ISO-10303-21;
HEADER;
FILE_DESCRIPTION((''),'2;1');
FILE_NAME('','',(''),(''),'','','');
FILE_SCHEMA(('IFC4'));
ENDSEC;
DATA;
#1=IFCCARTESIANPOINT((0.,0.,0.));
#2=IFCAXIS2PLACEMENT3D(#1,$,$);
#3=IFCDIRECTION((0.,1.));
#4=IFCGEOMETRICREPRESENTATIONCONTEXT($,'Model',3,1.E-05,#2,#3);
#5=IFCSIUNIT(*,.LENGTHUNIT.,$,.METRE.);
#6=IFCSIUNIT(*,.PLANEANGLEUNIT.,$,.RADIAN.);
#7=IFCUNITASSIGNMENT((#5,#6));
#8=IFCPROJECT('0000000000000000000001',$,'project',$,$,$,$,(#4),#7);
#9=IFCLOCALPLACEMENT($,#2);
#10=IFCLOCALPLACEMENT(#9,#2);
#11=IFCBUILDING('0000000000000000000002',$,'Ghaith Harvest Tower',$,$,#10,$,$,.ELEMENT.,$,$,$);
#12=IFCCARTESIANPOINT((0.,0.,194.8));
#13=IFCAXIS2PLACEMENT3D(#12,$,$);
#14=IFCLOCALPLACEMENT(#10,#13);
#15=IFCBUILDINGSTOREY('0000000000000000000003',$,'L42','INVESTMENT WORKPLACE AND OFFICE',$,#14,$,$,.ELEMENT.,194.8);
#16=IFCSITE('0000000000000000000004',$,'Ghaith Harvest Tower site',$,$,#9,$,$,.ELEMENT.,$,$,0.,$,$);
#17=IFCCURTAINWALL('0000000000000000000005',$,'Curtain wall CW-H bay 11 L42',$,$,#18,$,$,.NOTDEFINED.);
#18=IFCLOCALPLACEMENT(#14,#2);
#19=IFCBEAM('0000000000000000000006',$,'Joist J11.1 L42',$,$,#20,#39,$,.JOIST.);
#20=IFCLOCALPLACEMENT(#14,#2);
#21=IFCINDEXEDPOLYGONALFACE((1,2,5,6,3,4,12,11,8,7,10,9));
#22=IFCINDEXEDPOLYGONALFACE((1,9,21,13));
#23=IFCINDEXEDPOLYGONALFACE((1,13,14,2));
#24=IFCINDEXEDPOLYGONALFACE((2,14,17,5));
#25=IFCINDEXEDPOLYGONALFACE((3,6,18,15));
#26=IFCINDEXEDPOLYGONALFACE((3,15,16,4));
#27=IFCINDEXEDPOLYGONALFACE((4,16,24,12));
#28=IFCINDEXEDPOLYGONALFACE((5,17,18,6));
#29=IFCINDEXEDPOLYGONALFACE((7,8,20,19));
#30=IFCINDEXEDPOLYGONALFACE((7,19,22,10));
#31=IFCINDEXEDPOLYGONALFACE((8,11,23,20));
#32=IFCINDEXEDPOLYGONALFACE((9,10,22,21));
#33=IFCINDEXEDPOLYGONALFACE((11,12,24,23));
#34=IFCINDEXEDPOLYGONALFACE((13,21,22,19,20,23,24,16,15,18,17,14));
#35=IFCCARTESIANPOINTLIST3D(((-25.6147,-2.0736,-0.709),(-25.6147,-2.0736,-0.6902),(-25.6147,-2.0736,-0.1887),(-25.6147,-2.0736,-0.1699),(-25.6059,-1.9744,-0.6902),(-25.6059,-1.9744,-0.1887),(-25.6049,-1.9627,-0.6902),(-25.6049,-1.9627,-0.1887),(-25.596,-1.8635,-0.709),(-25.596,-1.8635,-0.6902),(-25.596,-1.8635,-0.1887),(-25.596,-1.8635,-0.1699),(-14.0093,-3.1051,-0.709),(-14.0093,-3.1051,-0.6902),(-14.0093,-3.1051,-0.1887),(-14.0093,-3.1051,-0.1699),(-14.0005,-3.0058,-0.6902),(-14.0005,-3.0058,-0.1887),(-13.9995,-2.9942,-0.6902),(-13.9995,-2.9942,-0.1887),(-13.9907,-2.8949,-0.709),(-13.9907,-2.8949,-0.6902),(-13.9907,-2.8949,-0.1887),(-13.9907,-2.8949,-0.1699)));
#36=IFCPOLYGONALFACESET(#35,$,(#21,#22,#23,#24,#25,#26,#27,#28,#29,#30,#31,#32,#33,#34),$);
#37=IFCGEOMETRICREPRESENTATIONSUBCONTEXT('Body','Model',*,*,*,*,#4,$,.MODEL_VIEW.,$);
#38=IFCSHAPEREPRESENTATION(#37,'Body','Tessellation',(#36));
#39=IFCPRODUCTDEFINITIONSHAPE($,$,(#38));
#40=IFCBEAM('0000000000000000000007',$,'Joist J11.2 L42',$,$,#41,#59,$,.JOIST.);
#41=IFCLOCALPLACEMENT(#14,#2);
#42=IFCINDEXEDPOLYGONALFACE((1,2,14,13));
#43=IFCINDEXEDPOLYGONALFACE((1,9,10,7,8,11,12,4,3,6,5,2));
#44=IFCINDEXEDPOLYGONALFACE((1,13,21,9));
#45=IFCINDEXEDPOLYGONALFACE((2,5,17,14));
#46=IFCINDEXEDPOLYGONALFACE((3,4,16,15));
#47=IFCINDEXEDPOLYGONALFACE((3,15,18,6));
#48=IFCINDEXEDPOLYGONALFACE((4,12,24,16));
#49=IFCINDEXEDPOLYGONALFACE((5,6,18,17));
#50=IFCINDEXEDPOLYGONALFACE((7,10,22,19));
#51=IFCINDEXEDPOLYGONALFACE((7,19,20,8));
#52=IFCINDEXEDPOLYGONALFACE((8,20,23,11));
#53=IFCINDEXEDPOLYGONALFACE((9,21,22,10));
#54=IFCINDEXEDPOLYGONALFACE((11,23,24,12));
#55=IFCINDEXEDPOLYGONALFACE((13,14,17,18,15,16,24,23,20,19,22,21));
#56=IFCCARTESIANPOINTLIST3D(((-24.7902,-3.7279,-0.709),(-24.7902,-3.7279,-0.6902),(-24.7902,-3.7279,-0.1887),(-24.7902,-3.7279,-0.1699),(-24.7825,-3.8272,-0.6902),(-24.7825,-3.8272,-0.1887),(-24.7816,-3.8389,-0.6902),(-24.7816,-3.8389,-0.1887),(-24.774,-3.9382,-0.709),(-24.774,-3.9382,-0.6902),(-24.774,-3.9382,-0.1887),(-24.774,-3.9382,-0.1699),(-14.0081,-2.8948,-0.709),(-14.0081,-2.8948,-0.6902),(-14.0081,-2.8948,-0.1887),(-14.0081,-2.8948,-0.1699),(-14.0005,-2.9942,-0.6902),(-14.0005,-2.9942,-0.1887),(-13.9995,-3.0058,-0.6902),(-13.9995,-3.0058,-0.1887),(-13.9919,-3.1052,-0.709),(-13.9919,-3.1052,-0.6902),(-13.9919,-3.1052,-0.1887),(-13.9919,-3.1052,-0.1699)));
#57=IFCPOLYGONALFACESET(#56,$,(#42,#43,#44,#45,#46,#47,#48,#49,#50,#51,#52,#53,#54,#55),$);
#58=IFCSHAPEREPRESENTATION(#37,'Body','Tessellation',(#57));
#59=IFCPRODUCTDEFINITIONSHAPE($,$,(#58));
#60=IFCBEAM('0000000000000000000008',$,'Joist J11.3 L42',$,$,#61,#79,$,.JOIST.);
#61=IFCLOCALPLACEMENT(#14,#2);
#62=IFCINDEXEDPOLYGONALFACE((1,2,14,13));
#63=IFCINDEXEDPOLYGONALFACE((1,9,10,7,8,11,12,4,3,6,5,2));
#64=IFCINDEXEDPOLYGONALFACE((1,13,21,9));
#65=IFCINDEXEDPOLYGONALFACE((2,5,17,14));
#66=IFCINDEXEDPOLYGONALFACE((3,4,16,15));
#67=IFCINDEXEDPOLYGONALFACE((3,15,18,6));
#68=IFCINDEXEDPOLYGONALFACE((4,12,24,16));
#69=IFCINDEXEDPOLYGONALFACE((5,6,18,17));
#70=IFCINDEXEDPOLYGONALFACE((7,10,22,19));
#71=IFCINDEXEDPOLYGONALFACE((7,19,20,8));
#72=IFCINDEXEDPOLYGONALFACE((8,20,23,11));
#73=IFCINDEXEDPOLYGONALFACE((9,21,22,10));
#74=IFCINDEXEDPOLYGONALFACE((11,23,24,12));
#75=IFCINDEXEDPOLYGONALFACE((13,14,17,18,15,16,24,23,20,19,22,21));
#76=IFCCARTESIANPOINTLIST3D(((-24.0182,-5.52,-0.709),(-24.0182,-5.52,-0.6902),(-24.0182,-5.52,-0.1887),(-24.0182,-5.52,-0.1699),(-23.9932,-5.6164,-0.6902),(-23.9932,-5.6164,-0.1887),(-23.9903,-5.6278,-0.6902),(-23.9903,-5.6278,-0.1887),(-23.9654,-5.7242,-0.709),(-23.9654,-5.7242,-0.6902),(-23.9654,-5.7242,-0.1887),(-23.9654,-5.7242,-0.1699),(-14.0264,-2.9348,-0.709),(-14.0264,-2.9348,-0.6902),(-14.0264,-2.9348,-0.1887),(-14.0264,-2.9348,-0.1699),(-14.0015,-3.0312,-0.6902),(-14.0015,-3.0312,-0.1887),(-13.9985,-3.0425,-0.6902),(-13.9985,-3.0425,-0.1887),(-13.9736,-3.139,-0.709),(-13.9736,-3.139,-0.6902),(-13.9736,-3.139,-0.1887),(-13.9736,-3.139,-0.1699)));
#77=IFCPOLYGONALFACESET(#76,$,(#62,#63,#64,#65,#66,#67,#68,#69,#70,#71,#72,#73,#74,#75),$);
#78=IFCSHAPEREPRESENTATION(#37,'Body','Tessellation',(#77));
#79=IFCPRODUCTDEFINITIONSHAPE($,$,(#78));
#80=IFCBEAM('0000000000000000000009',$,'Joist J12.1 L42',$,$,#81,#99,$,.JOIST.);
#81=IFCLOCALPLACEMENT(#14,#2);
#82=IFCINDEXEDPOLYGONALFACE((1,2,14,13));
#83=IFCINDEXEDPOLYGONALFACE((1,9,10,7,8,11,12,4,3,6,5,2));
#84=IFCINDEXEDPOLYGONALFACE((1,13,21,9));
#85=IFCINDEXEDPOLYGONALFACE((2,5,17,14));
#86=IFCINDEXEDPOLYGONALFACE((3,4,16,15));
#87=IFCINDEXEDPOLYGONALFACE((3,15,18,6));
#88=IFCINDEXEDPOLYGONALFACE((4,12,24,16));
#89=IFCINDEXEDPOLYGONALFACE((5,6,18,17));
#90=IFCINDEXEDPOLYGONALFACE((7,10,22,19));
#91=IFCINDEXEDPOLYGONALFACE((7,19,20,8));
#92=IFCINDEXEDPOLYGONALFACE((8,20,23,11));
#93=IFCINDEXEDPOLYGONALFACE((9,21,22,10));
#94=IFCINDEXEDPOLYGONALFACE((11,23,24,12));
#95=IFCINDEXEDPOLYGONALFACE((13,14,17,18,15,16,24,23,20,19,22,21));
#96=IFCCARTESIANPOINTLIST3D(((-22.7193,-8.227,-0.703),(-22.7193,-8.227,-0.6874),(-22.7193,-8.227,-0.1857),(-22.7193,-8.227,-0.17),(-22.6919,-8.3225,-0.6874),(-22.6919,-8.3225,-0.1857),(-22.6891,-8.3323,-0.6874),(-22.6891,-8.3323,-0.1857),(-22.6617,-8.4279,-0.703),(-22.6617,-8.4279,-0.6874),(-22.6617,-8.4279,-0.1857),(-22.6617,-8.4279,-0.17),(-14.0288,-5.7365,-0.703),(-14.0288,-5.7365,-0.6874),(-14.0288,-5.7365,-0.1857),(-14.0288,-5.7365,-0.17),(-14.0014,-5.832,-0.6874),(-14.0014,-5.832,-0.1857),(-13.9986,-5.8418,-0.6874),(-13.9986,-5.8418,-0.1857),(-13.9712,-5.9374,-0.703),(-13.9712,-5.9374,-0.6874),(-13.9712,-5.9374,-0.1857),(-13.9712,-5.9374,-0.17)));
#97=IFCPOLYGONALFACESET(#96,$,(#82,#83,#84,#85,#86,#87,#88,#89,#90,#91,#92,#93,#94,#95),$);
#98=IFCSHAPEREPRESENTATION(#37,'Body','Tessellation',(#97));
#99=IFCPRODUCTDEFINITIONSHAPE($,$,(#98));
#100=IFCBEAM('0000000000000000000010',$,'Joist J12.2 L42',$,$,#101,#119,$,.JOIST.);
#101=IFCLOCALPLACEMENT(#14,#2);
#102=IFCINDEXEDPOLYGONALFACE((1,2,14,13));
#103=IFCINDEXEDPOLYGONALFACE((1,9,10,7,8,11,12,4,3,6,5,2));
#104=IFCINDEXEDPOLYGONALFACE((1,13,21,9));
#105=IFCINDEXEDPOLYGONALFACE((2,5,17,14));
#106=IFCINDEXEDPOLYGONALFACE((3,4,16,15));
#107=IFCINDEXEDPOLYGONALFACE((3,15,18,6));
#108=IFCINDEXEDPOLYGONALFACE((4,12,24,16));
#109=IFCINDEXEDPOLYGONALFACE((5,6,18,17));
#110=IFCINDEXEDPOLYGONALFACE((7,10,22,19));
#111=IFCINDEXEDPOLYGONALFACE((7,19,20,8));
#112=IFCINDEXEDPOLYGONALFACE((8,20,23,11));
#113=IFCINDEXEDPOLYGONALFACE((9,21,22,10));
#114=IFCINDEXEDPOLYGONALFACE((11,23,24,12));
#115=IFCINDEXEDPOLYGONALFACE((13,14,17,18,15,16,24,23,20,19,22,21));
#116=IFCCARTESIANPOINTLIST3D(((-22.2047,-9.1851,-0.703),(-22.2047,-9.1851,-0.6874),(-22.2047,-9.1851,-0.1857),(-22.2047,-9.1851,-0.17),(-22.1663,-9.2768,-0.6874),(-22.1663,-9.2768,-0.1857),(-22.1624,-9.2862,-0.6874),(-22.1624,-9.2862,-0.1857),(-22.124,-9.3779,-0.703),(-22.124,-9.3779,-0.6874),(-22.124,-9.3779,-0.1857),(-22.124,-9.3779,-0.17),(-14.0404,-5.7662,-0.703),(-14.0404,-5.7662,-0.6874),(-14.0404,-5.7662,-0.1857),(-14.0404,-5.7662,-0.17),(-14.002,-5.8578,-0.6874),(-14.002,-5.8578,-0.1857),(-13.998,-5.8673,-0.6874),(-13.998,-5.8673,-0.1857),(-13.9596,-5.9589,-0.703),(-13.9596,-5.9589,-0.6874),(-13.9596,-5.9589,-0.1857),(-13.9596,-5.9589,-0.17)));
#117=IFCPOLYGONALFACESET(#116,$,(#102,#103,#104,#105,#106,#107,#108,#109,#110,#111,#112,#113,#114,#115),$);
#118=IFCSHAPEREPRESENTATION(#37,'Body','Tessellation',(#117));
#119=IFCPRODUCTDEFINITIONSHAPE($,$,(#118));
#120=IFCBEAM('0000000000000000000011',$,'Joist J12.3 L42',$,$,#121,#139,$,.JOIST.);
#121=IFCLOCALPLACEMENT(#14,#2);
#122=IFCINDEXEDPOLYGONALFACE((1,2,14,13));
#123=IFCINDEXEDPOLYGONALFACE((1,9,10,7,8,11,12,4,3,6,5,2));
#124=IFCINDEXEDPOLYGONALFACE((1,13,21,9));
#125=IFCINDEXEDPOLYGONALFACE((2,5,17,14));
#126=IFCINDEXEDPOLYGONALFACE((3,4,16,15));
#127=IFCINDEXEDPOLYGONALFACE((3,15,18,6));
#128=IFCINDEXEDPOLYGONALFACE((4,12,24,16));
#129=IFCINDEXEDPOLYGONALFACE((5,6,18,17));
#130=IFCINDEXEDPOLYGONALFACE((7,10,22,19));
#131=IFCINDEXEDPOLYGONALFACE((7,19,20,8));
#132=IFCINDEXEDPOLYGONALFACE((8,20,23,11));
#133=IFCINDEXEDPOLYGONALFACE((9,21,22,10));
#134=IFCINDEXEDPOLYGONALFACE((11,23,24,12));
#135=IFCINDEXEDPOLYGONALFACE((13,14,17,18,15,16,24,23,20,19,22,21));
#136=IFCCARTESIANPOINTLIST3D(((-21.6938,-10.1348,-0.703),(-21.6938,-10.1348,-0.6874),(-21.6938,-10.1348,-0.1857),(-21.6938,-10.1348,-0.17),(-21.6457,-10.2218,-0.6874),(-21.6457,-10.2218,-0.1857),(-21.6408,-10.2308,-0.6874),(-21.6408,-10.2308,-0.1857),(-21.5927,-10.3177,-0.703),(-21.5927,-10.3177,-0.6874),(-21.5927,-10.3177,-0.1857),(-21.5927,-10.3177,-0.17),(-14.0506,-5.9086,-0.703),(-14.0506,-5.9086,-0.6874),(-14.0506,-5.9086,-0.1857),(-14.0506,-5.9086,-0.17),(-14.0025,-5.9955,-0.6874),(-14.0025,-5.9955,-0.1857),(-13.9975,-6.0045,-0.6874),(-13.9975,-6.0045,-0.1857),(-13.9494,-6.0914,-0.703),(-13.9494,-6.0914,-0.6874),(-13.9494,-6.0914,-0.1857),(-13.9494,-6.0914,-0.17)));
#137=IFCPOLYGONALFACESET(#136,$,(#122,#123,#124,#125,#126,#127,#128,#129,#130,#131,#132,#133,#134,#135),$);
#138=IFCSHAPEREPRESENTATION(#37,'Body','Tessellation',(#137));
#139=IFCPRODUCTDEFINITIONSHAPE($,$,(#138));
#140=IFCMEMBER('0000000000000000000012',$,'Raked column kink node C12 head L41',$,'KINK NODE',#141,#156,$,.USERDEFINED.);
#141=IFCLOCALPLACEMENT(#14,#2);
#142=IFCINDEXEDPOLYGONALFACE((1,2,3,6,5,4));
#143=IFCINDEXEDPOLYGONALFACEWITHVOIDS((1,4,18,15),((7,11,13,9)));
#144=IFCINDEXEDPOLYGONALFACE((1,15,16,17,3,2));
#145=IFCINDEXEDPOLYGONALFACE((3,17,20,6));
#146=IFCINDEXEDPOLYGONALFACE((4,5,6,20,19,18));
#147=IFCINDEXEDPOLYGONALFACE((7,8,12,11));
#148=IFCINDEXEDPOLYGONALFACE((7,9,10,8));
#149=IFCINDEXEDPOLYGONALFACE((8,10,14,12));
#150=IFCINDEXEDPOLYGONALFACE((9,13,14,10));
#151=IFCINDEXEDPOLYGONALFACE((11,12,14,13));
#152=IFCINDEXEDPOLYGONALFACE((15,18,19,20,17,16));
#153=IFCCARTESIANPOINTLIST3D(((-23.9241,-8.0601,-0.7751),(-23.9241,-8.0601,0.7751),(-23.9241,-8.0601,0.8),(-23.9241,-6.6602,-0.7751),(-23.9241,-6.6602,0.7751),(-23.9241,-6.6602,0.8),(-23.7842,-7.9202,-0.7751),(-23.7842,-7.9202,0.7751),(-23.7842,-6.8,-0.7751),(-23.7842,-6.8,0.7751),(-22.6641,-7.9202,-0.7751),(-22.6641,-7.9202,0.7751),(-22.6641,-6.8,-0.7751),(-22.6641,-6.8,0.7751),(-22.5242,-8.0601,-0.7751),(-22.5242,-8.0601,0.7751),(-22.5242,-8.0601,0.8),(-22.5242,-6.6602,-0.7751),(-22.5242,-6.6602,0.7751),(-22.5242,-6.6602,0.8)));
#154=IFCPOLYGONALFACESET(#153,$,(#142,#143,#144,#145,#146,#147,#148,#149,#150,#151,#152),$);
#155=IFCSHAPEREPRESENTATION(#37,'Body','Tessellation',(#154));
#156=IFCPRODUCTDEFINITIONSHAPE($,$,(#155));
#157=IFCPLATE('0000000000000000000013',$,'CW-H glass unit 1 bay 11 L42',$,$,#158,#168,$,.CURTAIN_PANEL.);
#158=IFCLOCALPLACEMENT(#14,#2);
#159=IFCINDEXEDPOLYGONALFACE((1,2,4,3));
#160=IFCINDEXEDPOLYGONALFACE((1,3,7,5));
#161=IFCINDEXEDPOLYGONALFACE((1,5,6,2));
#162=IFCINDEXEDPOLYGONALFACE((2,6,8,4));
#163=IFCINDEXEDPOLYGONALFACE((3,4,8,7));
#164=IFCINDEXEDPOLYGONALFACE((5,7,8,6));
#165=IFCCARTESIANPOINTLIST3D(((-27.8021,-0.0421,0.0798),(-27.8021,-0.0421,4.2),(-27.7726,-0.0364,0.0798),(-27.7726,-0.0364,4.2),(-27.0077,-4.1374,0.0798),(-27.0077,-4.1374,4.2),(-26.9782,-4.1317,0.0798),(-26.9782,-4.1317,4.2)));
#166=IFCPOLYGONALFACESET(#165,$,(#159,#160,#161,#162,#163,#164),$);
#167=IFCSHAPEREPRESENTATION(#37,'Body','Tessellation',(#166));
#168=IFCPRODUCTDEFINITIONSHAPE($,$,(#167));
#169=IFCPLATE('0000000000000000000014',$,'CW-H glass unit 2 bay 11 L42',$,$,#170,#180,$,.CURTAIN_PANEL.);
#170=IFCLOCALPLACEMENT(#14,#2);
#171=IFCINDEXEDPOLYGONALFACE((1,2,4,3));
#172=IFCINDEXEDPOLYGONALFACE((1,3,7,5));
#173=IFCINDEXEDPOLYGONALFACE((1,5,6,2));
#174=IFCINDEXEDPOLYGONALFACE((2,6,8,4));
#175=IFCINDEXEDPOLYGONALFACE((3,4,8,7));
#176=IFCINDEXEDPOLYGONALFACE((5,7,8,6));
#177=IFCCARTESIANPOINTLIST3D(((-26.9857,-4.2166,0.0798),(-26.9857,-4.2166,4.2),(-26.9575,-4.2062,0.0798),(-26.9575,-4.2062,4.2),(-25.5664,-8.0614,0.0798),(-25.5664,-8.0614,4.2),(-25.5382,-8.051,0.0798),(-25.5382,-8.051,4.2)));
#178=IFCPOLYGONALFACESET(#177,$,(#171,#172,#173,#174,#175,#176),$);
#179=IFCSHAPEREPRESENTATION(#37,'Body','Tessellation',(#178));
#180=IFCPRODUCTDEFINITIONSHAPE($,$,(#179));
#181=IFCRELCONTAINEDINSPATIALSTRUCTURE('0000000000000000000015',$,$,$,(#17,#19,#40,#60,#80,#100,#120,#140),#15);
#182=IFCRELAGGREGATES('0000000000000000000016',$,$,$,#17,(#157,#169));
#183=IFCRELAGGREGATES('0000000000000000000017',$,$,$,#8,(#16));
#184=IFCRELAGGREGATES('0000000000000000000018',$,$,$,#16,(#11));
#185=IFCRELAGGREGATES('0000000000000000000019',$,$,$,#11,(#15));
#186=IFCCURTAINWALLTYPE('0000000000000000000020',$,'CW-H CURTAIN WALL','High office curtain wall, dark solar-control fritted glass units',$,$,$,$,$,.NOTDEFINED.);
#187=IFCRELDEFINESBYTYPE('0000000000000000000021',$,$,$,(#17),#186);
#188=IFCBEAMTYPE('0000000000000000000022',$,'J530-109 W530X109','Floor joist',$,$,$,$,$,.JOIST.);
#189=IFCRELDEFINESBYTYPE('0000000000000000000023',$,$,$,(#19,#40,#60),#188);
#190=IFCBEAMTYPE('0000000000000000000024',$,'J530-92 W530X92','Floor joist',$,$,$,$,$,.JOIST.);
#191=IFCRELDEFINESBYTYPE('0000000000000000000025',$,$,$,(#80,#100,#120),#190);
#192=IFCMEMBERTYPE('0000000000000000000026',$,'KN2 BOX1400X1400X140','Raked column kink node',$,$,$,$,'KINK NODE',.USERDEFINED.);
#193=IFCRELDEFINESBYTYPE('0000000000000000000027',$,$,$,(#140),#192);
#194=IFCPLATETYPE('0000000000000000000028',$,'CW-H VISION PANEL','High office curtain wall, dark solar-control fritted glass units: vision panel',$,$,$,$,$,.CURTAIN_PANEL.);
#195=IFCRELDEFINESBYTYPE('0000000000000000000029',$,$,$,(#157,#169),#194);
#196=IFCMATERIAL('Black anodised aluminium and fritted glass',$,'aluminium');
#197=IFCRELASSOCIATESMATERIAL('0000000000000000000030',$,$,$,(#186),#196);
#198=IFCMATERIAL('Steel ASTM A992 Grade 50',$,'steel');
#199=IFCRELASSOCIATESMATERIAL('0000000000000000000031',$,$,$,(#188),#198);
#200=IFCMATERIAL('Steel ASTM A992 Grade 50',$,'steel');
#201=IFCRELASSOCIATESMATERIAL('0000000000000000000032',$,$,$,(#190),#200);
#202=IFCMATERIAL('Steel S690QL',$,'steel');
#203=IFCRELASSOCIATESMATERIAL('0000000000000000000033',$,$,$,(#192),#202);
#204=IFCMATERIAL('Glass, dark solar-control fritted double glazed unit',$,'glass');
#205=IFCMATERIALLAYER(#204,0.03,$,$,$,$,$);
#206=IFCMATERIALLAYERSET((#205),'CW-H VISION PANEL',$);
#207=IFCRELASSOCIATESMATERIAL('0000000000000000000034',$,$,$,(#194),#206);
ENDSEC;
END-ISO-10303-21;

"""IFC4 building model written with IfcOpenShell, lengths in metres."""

from ifc_helpers import new_model, si_unit, direction, frame, origin, origin_2d, place, context, subcontext, project, spatial, rectangle, hollow_rectangle, i_section, extrude, boolean, material, layer, layer_set, material_profile, profile_set, type_object, element, aggregate, save


model = new_model("IFC4")

# Units and contexts
model_context = context("Model", 3, precision=1e-05, world=origin(), true_north=direction((0.0, 1.0)))
body_context = subcontext(model_context, "Body", "Model", "MODEL_VIEW")
ifc_project = project(units=[si_unit("LENGTHUNIT", "METRE"), si_unit("PLANEANGLEUNIT", "RADIAN")], contexts=[model_context])

# Site, building, storey
site_placement = place(None, origin())
site = spatial("IfcSite", under=ifc_project, at=site_placement, Name="Ghaith Harvest Tower site", CompositionType="ELEMENT", RefElevation=0.0)
building_placement = place(site_placement, origin())
building = spatial("IfcBuilding", under=site, at=building_placement, Name="Ghaith Harvest Tower", CompositionType="ELEMENT")
storey_placement = place(building_placement, frame((0.0, 0.0, 194.8)))
storey = spatial("IfcBuildingStorey", under=building, at=storey_placement, Name="L42", Description="INVESTMENT WORKPLACE AND OFFICE", CompositionType="ELEMENT", Elevation=194.8)

# Curtain wall
ifc_material_1 = material(Name="Black anodised aluminium and fritted glass", Category="aluminium")
curtain_wall_type = type_object("IfcCurtainWallType", Name="CW-H CURTAIN WALL", Description="High office curtain wall, dark solar-control fritted glass units", PredefinedType="NOTDEFINED", material=ifc_material_1)
curtain_wall_placement = place(storey_placement, origin())
curtain_wall = element("IfcCurtainWall", 1, at=curtain_wall_placement, inside=storey, type_object=curtain_wall_type, Name="Curtain wall CW-H bay 11 L42", PredefinedType="NOTDEFINED")

# Beams
ifc_material_2 = material(Name="Steel ASTM A992 Grade 50", Category="steel")
ifc_material_profile_1 = material_profile(ifc_material_2, i_section(OverallWidth=0.2109, OverallDepth=0.5391, WebThickness=0.0117, FlangeThickness=0.0188, at=origin_2d()), Name="W530X109")
ifc_profile_set_1 = profile_set([ifc_material_profile_1], Name="Steel ASTM A992 Grade 50")
beam_type_1 = type_object("IfcBeamType", Name="J530-109 W530X109", Description="Floor joist", PredefinedType="JOIST", material=ifc_profile_set_1)
beam_1_placement = place(storey_placement, frame((-14.0, -3.0, -0.4395), z_axis=(-0.996073, 0.088531, 0.0), x_axis=(-0.088531, -0.996073, 0.0)))
element("IfcBeam", 2, at=beam_1_placement, inside=storey, type_object=beam_type_1, Name="Joist J11.1 L42", PredefinedType="JOIST", context=body_context, shape_type="SweptSolid", body=[
    extrude(i_section(OverallWidth=0.2109, OverallDepth=0.5391, WebThickness=0.0117, FlangeThickness=0.0188, at=origin_2d()), origin(), (0.0, 0.0, 1.0), 11.6511),
])
beam_2_placement = place(storey_placement, frame((-14.0, -3.0, -0.4395), z_axis=(-0.997029, -0.07703, 0.0), x_axis=(0.07703, -0.997029, 0.0)))
element("IfcBeam", 3, at=beam_2_placement, inside=storey, type_object=beam_type_1, Name="Joist J11.2 L42", PredefinedType="JOIST", context=body_context, shape_type="SweptSolid", body=[
    extrude(i_section(OverallWidth=0.2109, OverallDepth=0.5391, WebThickness=0.0117, FlangeThickness=0.0188, at=origin_2d()), origin(), (0.0, 0.0, 1.0), 10.8142),
])
beam_3_placement = place(storey_placement, frame((-14.0, -3.0369, -0.4395), z_axis=(-0.96812, -0.250487, 0.0), x_axis=(0.250487, -0.96812, 0.0)))
element("IfcBeam", 4, at=beam_3_placement, inside=storey, type_object=beam_type_1, Name="Joist J11.3 L42", PredefinedType="JOIST", context=body_context, shape_type="SweptSolid", body=[
    extrude(i_section(OverallWidth=0.2109, OverallDepth=0.5391, WebThickness=0.0117, FlangeThickness=0.0188, at=origin_2d()), origin(), (0.0, 0.0, 1.0), 10.3208),
])
ifc_material_3 = material(Name="Steel ASTM A992 Grade 50", Category="steel")
ifc_material_profile_2 = material_profile(ifc_material_3, i_section(OverallWidth=0.209, OverallDepth=0.533, WebThickness=0.0103, FlangeThickness=0.0156, at=origin_2d()), Name="W530X92")
ifc_profile_set_2 = profile_set([ifc_material_profile_2], Name="Steel ASTM A992 Grade 50")
beam_type_2 = type_object("IfcBeamType", Name="J530-92 W530X92", Description="Floor joist", PredefinedType="JOIST", material=ifc_profile_set_2)
beam_4_placement = place(storey_placement, frame((-14.0, -5.8369, -0.4365), z_axis=(-0.961305, -0.275488, 0.0), x_axis=(0.275488, -0.961305, 0.0)))
element("IfcBeam", 5, at=beam_4_placement, inside=storey, type_object=beam_type_2, Name="Joist J12.1 L42", PredefinedType="JOIST", context=body_context, shape_type="SweptSolid", body=[
    extrude(i_section(OverallWidth=0.209, OverallDepth=0.533, WebThickness=0.0103, FlangeThickness=0.0156, at=origin_2d()), origin(), (0.0, 0.0, 1.0), 9.0403),
])
beam_5_placement = place(storey_placement, frame((-14.0, -5.8625, -0.4365), z_axis=(-0.922388, -0.386266, 0.0), x_axis=(0.386266, -0.922388, 0.0)))
element("IfcBeam", 6, at=beam_5_placement, inside=storey, type_object=beam_type_2, Name="Joist J12.2 L42", PredefinedType="JOIST", context=body_context, shape_type="SweptSolid", body=[
    extrude(i_section(OverallWidth=0.209, OverallDepth=0.533, WebThickness=0.0103, FlangeThickness=0.0156, at=origin_2d()), origin(), (0.0, 0.0, 1.0), 8.8513),
])
beam_6_placement = place(storey_placement, frame((-14.0, -6.0, -0.4365), z_axis=(-0.875126, -0.483895, 0.0), x_axis=(0.483895, -0.875126, 0.0)))
element("IfcBeam", 7, at=beam_6_placement, inside=storey, type_object=beam_type_2, Name="Joist J12.3 L42", PredefinedType="JOIST", context=body_context, shape_type="SweptSolid", body=[
    extrude(i_section(OverallWidth=0.209, OverallDepth=0.533, WebThickness=0.0103, FlangeThickness=0.0156, at=origin_2d()), origin(), (0.0, 0.0, 1.0), 8.7339),
])

# Member
ifc_material_4 = material(Name="Steel S690QL", Category="steel")
ifc_material_profile_3 = material_profile(ifc_material_4, hollow_rectangle(XDim=1.3999, YDim=1.3999, WallThickness=0.1399, at=origin_2d()), Name="BOX1400X1400X140")
ifc_profile_set_3 = profile_set([ifc_material_profile_3], Name="Steel S690QL")
member_type_1 = type_object("IfcMemberType", Name="KN2 BOX1400X1400X140", Description="Raked column kink node", ElementType="KINK NODE", PredefinedType="USERDEFINED", material=ifc_profile_set_3)
member_1_placement = place(storey_placement, frame((-23.2241, -7.3601, -0.7751), z_axis=(0.0, 0.0, 1.0), x_axis=(1.0, 0.0, 0.0)))
element("IfcMember", 8, at=member_1_placement, inside=storey, type_object=member_type_1, Name="Raked column kink node C12 head L41", ObjectType="KINK NODE", PredefinedType="USERDEFINED", context=body_context, shape_type="CSG", body=[
    boolean("UNION", extrude(hollow_rectangle(XDim=1.3999, YDim=1.3999, WallThickness=0.1399, at=origin_2d()), origin(), (0.0, 0.0, 1.0), 1.5503), extrude(rectangle(XDim=1.3999, YDim=1.3999, at=origin_2d()), frame((0.0, 0.0, 1.5503)), (0.0, 0.0, 1.0), 0.0249)),
])

# Plates
ifc_material_5 = material(Name="Glass, dark solar-control fritted double glazed unit", Category="glass")
ifc_layer_1 = layer(ifc_material_5, 0.03)
ifc_layer_set_1 = layer_set([ifc_layer_1], Name="CW-H VISION PANEL")
plate_type_1 = type_object("IfcPlateType", Name="CW-H VISION PANEL", Description="High office curtain wall, dark solar-control fritted glass units: vision panel", PredefinedType="CURTAIN_PANEL", material=ifc_layer_set_1)
plate_1_placement = place(storey_placement, frame((-27.3901, -2.0869, 0.0798), z_axis=(0.0, 0.0, 1.0), x_axis=(0.190427, -0.981701, 0.0)))
plate_1 = element("IfcPlate", 9, at=plate_1_placement, type_object=plate_type_1, Name="CW-H glass unit 1 bay 11 L42", PredefinedType="CURTAIN_PANEL", context=body_context, shape_type="SweptSolid", body=[
    extrude(rectangle(XDim=4.1716, YDim=0.03, at=origin_2d()), origin(), (0.0, 0.0, 1.0), 4.1201),
])
plate_2_placement = place(storey_placement, frame((-26.262, -6.1338, 0.0798), z_axis=(0.0, 0.0, 1.0), x_axis=(0.346303, -0.938123, 0.0)))
plate_2 = element("IfcPlate", 10, at=plate_2_placement, type_object=plate_type_1, Name="CW-H glass unit 2 bay 11 L42", PredefinedType="CURTAIN_PANEL", context=body_context, shape_type="SweptSolid", body=[
    extrude(rectangle(XDim=4.0984, YDim=0.03, at=origin_2d()), origin(), (0.0, 0.0, 1.0), 4.1201),
])
aggregate(curtain_wall, [plate_1, plate_2])

save(model, "model.ifc")
